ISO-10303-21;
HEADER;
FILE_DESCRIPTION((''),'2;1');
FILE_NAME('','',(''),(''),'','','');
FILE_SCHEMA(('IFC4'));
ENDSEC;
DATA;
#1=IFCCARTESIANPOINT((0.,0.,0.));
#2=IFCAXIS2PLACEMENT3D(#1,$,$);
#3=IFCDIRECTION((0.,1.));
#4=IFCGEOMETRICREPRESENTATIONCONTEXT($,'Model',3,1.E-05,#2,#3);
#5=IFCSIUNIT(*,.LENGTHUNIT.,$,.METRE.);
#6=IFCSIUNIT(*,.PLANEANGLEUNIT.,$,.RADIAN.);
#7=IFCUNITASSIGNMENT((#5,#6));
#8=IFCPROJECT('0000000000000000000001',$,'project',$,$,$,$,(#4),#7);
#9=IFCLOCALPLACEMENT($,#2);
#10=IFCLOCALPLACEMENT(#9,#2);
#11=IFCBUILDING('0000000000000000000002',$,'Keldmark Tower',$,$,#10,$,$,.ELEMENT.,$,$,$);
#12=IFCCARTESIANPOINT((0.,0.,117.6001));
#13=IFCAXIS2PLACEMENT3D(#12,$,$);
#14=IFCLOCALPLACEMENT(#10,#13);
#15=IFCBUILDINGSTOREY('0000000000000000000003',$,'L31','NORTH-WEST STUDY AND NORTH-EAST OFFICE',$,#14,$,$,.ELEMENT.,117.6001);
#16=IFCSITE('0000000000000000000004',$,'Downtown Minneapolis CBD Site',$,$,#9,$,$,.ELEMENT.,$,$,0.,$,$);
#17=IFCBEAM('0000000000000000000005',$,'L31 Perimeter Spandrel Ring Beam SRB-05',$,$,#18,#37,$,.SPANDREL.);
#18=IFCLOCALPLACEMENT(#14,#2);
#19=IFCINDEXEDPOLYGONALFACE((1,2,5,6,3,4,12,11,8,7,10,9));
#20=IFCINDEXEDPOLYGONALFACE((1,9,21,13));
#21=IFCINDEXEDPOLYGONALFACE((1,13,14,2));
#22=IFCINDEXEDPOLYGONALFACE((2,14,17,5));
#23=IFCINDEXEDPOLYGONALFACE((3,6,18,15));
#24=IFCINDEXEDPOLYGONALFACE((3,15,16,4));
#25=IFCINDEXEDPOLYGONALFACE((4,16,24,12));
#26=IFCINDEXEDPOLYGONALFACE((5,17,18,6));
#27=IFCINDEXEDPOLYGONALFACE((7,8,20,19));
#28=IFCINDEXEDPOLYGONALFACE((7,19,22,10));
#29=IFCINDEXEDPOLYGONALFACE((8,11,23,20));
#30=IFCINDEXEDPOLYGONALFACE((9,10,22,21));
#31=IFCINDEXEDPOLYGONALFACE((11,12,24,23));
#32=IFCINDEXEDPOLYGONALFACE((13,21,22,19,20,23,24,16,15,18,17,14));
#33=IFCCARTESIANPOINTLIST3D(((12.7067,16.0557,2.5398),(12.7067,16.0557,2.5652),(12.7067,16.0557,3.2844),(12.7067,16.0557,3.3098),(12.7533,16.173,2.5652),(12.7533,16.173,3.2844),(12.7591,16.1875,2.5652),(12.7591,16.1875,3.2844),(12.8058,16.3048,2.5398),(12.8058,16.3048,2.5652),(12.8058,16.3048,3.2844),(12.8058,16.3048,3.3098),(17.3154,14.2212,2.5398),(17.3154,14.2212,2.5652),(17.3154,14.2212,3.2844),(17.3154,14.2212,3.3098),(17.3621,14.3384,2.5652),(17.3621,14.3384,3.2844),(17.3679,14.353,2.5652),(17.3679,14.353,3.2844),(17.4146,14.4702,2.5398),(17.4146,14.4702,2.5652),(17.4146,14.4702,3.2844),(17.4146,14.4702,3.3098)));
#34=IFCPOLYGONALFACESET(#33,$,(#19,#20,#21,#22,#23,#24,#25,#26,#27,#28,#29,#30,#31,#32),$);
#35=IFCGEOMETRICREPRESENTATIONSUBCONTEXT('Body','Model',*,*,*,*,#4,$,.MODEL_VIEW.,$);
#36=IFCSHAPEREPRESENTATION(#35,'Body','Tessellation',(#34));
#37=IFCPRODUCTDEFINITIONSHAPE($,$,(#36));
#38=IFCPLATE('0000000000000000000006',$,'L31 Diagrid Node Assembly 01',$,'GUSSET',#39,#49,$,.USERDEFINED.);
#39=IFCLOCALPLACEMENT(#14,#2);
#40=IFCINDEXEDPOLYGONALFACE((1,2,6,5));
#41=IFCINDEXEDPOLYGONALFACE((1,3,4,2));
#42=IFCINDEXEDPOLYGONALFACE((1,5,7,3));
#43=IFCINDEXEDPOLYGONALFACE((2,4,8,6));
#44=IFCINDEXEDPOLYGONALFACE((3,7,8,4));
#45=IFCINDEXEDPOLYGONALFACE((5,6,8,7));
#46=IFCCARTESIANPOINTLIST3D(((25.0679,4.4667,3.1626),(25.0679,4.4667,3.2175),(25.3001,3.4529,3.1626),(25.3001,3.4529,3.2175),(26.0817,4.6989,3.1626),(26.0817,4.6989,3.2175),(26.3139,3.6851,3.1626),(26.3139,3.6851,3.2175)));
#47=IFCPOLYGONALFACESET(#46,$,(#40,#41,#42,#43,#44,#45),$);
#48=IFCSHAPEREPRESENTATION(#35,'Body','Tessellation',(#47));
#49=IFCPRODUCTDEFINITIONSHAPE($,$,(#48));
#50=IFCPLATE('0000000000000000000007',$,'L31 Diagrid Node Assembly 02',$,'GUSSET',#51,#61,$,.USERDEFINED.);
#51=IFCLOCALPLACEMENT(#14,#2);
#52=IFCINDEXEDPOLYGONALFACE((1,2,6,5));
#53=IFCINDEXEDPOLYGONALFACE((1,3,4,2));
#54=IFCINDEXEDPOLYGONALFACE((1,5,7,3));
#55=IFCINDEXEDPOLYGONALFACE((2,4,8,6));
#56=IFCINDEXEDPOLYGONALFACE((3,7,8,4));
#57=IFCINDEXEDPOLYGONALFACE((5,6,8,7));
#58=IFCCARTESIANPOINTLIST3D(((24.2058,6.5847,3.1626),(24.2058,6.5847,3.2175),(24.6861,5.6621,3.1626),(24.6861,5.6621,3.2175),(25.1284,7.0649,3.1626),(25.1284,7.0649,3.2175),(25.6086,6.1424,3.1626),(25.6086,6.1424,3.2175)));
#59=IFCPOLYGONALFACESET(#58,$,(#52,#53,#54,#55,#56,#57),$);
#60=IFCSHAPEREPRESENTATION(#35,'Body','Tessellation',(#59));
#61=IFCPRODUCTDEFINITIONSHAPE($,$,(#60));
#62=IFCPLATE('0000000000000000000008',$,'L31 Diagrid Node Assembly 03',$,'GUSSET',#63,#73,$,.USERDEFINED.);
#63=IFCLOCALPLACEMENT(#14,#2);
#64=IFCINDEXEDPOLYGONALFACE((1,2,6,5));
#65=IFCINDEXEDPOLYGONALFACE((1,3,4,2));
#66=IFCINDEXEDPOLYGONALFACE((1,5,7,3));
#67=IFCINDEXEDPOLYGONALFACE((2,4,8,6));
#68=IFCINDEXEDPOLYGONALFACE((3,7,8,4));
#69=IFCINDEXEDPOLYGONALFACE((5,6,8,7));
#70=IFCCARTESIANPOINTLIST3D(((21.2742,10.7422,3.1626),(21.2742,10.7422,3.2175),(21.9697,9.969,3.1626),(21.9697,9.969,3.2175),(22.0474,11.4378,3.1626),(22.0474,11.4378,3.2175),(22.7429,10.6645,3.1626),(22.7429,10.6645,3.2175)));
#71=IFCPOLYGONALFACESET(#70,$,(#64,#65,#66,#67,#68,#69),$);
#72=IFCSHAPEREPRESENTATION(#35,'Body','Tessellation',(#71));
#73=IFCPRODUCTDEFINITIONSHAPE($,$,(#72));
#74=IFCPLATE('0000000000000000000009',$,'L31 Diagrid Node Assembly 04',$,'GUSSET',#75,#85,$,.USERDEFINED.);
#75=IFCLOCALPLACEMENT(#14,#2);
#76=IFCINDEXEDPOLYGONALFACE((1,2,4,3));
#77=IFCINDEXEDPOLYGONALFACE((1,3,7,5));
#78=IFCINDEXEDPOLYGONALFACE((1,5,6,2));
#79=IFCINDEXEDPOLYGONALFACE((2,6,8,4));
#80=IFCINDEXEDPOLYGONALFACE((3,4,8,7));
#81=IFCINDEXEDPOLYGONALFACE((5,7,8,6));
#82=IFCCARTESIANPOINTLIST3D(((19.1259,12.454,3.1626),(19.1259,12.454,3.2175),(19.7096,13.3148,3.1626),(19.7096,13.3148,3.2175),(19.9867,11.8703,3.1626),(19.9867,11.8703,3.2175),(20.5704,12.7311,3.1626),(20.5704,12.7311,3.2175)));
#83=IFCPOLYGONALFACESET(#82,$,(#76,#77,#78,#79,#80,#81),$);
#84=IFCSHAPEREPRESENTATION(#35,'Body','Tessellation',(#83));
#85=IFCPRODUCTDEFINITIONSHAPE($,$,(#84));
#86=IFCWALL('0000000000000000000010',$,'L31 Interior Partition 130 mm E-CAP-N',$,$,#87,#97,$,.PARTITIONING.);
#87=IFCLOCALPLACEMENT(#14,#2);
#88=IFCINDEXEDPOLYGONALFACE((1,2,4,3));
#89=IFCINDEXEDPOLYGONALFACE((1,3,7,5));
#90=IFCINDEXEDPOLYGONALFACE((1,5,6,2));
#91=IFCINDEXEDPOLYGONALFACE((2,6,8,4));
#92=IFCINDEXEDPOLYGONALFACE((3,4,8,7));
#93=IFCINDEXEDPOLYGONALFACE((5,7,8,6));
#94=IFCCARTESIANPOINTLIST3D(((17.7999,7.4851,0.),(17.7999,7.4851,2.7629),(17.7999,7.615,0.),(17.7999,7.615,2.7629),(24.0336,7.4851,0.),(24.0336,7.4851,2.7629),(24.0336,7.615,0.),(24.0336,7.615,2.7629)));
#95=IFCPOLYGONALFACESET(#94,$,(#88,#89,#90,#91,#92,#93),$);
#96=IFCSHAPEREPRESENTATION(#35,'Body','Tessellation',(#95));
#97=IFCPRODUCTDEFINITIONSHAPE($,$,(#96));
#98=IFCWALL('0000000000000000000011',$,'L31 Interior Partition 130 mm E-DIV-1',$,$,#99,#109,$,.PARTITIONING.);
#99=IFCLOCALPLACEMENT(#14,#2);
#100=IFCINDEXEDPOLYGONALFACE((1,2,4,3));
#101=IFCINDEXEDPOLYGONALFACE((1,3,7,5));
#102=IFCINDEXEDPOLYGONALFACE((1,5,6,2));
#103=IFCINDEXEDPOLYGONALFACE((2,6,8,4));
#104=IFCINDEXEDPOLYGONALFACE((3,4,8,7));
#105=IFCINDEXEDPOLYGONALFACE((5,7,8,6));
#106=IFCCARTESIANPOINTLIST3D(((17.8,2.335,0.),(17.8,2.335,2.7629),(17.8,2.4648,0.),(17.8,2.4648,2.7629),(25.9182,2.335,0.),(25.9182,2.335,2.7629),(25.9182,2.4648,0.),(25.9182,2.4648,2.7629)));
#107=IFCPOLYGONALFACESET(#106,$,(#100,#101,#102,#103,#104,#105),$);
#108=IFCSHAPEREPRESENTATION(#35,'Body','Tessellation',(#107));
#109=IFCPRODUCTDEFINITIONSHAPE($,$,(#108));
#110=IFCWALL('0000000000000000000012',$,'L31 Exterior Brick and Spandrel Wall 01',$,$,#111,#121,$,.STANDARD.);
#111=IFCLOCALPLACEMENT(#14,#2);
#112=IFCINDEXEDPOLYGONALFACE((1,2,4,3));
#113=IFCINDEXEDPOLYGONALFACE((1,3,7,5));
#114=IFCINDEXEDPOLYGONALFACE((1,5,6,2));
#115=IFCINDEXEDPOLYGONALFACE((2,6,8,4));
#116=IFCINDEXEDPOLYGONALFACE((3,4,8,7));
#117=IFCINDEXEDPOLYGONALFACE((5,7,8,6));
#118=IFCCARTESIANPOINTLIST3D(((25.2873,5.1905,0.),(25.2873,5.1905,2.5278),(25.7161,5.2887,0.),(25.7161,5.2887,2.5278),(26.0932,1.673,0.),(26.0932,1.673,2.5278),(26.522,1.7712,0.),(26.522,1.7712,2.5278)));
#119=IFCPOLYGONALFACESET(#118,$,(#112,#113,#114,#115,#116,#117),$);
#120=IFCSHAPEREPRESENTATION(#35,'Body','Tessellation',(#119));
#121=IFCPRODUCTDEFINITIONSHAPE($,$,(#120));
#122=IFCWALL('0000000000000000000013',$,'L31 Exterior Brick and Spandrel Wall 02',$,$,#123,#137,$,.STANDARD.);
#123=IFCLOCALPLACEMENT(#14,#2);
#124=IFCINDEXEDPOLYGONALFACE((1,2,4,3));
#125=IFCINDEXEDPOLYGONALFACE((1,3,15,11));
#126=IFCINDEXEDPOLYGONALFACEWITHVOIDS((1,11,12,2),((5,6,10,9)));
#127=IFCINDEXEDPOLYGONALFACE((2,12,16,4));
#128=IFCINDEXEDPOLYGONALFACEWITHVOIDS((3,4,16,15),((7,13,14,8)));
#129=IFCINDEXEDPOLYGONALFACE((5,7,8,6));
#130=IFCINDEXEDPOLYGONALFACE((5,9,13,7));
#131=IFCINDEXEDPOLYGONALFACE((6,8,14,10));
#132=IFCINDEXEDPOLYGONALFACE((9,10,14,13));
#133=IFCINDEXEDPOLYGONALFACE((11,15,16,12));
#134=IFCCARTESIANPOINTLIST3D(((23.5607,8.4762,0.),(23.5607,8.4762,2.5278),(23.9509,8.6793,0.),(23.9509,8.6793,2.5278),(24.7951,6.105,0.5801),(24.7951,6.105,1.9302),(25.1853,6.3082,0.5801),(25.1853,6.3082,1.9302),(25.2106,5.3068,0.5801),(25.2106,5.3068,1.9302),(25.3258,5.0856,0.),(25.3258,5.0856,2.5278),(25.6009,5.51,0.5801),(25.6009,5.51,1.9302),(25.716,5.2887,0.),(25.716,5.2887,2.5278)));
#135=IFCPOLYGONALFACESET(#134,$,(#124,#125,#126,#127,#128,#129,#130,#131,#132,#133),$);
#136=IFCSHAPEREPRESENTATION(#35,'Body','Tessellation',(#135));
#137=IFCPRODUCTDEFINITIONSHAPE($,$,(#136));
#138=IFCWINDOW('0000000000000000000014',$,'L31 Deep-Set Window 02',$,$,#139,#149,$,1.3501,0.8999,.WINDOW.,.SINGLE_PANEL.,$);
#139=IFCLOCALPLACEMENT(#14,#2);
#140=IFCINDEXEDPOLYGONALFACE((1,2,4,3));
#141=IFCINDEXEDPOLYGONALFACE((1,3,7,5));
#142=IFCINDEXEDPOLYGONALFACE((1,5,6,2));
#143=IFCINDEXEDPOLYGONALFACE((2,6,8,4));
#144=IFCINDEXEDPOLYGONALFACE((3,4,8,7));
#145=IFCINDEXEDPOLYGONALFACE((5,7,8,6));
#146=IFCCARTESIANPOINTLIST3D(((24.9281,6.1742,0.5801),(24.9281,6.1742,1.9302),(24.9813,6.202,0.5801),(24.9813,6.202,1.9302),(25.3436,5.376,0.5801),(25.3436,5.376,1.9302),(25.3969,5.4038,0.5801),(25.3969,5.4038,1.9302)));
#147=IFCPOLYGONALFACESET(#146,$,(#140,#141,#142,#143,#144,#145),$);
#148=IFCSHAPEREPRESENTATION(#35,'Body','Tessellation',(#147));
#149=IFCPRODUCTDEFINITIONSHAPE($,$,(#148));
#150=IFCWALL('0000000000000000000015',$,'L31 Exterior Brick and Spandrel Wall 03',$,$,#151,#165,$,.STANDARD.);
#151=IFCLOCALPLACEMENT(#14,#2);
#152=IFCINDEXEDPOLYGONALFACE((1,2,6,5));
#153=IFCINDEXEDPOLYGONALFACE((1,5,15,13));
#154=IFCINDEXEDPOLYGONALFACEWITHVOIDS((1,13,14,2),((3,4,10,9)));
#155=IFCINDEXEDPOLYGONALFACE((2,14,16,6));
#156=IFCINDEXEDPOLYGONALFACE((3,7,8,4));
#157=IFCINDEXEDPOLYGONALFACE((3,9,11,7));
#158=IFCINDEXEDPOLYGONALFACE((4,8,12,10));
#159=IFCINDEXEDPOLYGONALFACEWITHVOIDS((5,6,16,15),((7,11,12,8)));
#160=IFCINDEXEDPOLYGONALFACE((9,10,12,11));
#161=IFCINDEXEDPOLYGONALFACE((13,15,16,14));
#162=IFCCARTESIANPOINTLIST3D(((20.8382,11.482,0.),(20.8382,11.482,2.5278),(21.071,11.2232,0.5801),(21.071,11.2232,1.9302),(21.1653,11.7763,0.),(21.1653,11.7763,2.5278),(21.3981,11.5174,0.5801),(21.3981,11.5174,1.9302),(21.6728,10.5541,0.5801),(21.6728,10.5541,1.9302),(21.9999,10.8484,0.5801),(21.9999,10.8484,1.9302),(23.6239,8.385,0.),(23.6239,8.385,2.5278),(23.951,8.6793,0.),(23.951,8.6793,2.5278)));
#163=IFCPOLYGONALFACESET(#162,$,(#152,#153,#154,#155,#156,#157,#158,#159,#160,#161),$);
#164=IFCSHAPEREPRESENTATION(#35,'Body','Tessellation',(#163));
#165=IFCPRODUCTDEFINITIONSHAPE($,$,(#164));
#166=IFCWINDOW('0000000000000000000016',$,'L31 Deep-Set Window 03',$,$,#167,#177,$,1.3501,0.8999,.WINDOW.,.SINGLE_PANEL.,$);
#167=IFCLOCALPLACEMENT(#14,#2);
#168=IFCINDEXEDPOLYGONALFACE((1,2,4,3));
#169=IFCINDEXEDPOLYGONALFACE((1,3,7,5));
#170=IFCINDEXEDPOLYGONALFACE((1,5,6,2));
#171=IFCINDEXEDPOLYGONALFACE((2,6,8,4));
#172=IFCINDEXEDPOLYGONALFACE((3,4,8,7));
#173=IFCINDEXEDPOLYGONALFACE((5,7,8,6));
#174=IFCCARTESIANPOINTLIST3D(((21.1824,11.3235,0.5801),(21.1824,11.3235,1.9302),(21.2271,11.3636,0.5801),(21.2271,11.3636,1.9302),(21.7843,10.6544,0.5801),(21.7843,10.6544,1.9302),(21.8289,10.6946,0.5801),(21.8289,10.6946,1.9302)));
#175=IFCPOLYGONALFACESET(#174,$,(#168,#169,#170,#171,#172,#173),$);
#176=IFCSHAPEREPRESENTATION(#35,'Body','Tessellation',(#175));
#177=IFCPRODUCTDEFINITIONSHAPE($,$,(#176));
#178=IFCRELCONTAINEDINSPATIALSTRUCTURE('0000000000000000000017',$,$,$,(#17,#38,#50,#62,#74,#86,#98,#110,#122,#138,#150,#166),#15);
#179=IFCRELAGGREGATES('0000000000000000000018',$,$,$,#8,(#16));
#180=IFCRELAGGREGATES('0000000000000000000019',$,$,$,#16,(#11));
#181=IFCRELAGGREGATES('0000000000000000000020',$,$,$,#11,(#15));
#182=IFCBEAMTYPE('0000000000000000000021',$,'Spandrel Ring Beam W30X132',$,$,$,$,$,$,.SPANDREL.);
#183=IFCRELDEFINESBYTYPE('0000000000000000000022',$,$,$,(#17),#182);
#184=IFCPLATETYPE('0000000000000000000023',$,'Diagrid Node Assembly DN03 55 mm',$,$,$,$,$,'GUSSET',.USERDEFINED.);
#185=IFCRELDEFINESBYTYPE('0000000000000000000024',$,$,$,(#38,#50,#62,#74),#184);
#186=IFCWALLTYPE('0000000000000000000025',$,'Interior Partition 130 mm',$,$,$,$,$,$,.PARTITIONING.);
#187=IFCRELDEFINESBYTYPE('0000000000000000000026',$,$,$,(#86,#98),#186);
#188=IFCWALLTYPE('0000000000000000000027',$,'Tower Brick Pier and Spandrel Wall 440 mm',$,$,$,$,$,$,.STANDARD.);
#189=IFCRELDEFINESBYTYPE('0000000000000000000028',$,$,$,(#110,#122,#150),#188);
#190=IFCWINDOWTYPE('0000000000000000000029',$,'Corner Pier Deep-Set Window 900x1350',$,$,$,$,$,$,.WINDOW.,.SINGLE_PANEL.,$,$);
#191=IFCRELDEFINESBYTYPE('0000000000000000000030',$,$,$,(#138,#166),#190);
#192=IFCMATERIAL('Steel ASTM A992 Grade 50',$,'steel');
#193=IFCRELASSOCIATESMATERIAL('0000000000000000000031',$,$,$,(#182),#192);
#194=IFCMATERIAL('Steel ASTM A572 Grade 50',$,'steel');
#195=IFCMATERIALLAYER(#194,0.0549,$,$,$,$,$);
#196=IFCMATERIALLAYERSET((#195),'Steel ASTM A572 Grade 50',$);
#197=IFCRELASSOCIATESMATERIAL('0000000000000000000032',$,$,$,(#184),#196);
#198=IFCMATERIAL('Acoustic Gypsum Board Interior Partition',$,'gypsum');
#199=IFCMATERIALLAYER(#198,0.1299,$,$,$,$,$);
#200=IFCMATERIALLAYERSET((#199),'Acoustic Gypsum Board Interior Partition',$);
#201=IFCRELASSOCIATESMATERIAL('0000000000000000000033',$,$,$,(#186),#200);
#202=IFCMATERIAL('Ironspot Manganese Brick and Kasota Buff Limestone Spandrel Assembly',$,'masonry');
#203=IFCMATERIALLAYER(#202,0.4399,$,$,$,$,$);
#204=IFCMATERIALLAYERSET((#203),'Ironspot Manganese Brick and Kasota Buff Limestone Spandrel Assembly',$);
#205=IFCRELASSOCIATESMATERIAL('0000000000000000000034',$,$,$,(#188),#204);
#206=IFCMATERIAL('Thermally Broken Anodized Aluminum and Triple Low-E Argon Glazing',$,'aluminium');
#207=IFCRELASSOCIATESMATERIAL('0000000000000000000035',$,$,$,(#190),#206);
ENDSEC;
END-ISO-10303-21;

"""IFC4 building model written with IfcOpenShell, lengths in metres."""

from ifc_helpers import new_model, si_unit, direction, frame, frame_2d, origin, origin_2d, place, context, subcontext, project, spatial, rectangle, i_section, extrude, material, layer, layer_set, material_profile, profile_set, type_object, element, fill, save


model = new_model("IFC4")

# Units and contexts
model_context = context("Model", 3, precision=1e-05, world=origin(), true_north=direction((0.0, 1.0)))
body_context = subcontext(model_context, "Body", "Model", "MODEL_VIEW")
ifc_project = project(units=[si_unit("LENGTHUNIT", "METRE"), si_unit("PLANEANGLEUNIT", "RADIAN")], contexts=[model_context])

# Site, building, storey
site_placement = place(None, origin())
site = spatial("IfcSite", under=ifc_project, at=site_placement, Name="Downtown Minneapolis CBD Site", CompositionType="ELEMENT", RefElevation=0.0)
building_placement = place(site_placement, origin())
building = spatial("IfcBuilding", under=site, at=building_placement, Name="Keldmark Tower", CompositionType="ELEMENT")
storey_placement = place(building_placement, frame((0.0, 0.0, 117.6001)))
storey = spatial("IfcBuildingStorey", under=building, at=storey_placement, Name="L31", Description="NORTH-WEST STUDY AND NORTH-EAST OFFICE", CompositionType="ELEMENT", Elevation=117.6001)

# Beam
ifc_material_1 = material(Name="Steel ASTM A992 Grade 50", Category="steel")
ifc_material_profile_1 = material_profile(ifc_material_1, i_section(OverallWidth=0.2681, OverallDepth=0.77, WebThickness=0.0156, FlangeThickness=0.0254, at=origin_2d()), Name="W30X132")
ifc_profile_set_1 = profile_set([ifc_material_profile_1], Name="Steel ASTM A992 Grade 50")
beam_type_1 = type_object("IfcBeamType", Name="Spandrel Ring Beam W30X132", PredefinedType="SPANDREL", material=ifc_profile_set_1)
beam_1_placement = place(storey_placement, frame((17.365, 14.3457, 2.9248), z_axis=(-0.9291, 0.369829, 0.0), x_axis=(-0.369829, -0.9291, 0.0)))
element("IfcBeam", 1, at=beam_1_placement, inside=storey, type_object=beam_type_1, Name="L31 Perimeter Spandrel Ring Beam SRB-05", PredefinedType="SPANDREL", context=body_context, shape_type="SweptSolid", body=[
    extrude(i_section(OverallWidth=0.2681, OverallDepth=0.77, WebThickness=0.0156, FlangeThickness=0.0254, at=origin_2d()), origin(), (0.0, 0.0, 1.0), 4.9604),
])

# Plates
ifc_material_2 = material(Name="Steel ASTM A572 Grade 50", Category="steel")
ifc_layer_1 = layer(ifc_material_2, 0.0549)
ifc_layer_set_1 = layer_set([ifc_layer_1], Name="Steel ASTM A572 Grade 50")
plate_type = type_object("IfcPlateType", Name="Diagrid Node Assembly DN03 55 mm", ElementType="GUSSET", PredefinedType="USERDEFINED", material=ifc_layer_set_1)
for number, where, z_axis, x_axis, name in (
    (2, (25.6909, 4.0759, 3.1626), (0.0, 0.0, 1.0), (-0.22325, 0.974761, 0.0), "L31 Diagrid Node Assembly 01"),
    (3, (24.9072, 6.3635, 3.1626), (0.0, 0.0, 1.0), (-0.461749, 0.887011, 0.0), "L31 Diagrid Node Assembly 02"),
    (4, (22.0085, 10.7034, 3.1626), (0.0, 0.0, 1.0), (-0.668741, 0.743495, 0.0), "L31 Diagrid Node Assembly 03"),
    (5, (19.8481, 12.5925, 3.1626), (0.0, 0.0, 1.0), (-0.827669, 0.561217, 0.0), "L31 Diagrid Node Assembly 04"),
):
    element("IfcPlate", number, at=place(storey_placement, frame(where, z_axis=z_axis, x_axis=x_axis)), inside=storey, type_object=plate_type, Name=name, ObjectType="GUSSET", PredefinedType="USERDEFINED", context=body_context, shape_type="SweptSolid", body=[
        extrude(rectangle(XDim=1.04, YDim=1.04, at=origin_2d()), origin(), (0.0, 0.0, 1.0), 0.0549),
    ])

# Walls
ifc_material_3 = material(Name="Acoustic Gypsum Board Interior Partition", Category="gypsum")
ifc_layer_2 = layer(ifc_material_3, 0.1299)
ifc_layer_set_2 = layer_set([ifc_layer_2], Name="Acoustic Gypsum Board Interior Partition")
wall_type_1 = type_object("IfcWallType", Name="Interior Partition 130 mm", PredefinedType="PARTITIONING", material=ifc_layer_set_2)
wall_1_placement = place(storey_placement, frame((17.8, 7.55, 0.0), z_axis=(0.0, 0.0, 1.0), x_axis=(1.0, 0.0, 0.0)))
element("IfcWall", 6, at=wall_1_placement, inside=storey, type_object=wall_type_1, Name="L31 Interior Partition 130 mm E-CAP-N", PredefinedType="PARTITIONING", context=body_context, shape_type="SweptSolid", body=[
    extrude(rectangle(XDim=6.2336, YDim=0.1299, at=frame_2d((3.1167, 0.0))), origin(), (0.0, 0.0, 1.0), 2.7629),
])
wall_2_placement = place(storey_placement, frame((17.8, 2.3999, 0.0), z_axis=(0.0, 0.0, 1.0), x_axis=(1.0, 0.0, 0.0)))
element("IfcWall", 7, at=wall_2_placement, inside=storey, type_object=wall_type_1, Name="L31 Interior Partition 130 mm E-DIV-1", PredefinedType="PARTITIONING", context=body_context, shape_type="SweptSolid", body=[
    extrude(rectangle(XDim=8.1182, YDim=0.1299, at=frame_2d((4.0591, 0.0))), origin(), (0.0, 0.0, 1.0), 2.7629),
])
ifc_material_4 = material(Name="Ironspot Manganese Brick and Kasota Buff Limestone Spandrel Assembly", Category="masonry")
ifc_layer_3 = layer(ifc_material_4, 0.4399)
ifc_layer_set_3 = layer_set([ifc_layer_3], Name="Ironspot Manganese Brick and Kasota Buff Limestone Spandrel Assembly")
wall_type_2 = type_object("IfcWallType", Name="Tower Brick Pier and Spandrel Wall 440 mm", PredefinedType="STANDARD", material=ifc_layer_set_3)
wall_3_placement = place(storey_placement, frame((25.5017, 5.2395, 0.0), z_axis=(0.0, 0.0, 1.0), x_axis=(0.223323, -0.974745, 0.0)))
element("IfcWall", 8, at=wall_3_placement, inside=storey, type_object=wall_type_2, Name="L31 Exterior Brick and Spandrel Wall 01", PredefinedType="STANDARD", context=body_context, shape_type="SweptSolid", body=[
    extrude(rectangle(XDim=3.6086, YDim=0.4399, at=frame_2d((1.8042, 0.0))), origin(), (0.0, 0.0, 1.0), 2.5278),
])

# Walls, openings, windows
wall_4_placement = place(storey_placement, frame((23.7559, 8.5776, 0.0), z_axis=(0.0, 0.0, 1.0), x_axis=(0.461767, -0.887001, 0.0)))
wall_4 = element("IfcWall", 9, at=wall_4_placement, inside=storey, type_object=wall_type_2, Name="L31 Exterior Brick and Spandrel Wall 02", PredefinedType="STANDARD", context=body_context, shape_type="SweptSolid", body=[
    extrude(rectangle(XDim=3.8225, YDim=0.4399, at=frame_2d((1.9111, 0.0))), origin(), (0.0, 0.0, 1.0), 2.5278),
])
opening_1_placement = place(wall_4_placement, frame((2.6731, 0.0, 0.5801)))
opening_1 = element("IfcOpeningElement", 10, at=opening_1_placement, cuts=wall_4, PredefinedType="OPENING", context=body_context, shape_type="SweptSolid", body=[
    extrude(rectangle(XDim=0.8999, YDim=1.3501, at=frame_2d((0.45, 0.675))), frame((0.0, 0.23, 0.0), z_axis=(0.0, -1.0, 0.0), x_axis=(1.0, 0.0, 0.0)), (0.0, 0.0, 1.0), 0.46),
])
ifc_material_5 = material(Name="Thermally Broken Anodized Aluminum and Triple Low-E Argon Glazing", Category="aluminium")
window_type = type_object("IfcWindowType", Name="Corner Pier Deep-Set Window 900x1350", PartitioningType="SINGLE_PANEL", PredefinedType="WINDOW", material=ifc_material_5)
window_1_placement = place(opening_1_placement, origin())
window_1 = element("IfcWindow", 11, at=window_1_placement, inside=storey, type_object=window_type, Name="L31 Deep-Set Window 02", OverallHeight=1.3501, OverallWidth=0.8999, PartitioningType="SINGLE_PANEL", PredefinedType="WINDOW", context=body_context, shape_type="SweptSolid", body=[
    extrude(rectangle(XDim=0.8999, YDim=1.3501, at=frame_2d((0.45, 0.675))), frame((0.0, -0.01, 0.0), z_axis=(0.0, -1.0, 0.0), x_axis=(1.0, 0.0, 0.0)), (0.0, 0.0, 1.0), 0.0601),
])
fill(opening_1, window_1)
wall_5_placement = place(storey_placement, frame((21.0017, 11.6292, 0.0), z_axis=(0.0, 0.0, 1.0), x_axis=(0.668754, -0.743484, 0.0)))
wall_5 = element("IfcWall", 12, at=wall_5_placement, inside=storey, type_object=wall_type_2, Name="L31 Exterior Brick and Spandrel Wall 03", PredefinedType="STANDARD", context=body_context, shape_type="SweptSolid", body=[
    extrude(rectangle(XDim=4.1655, YDim=0.4399, at=frame_2d((2.0828, 0.0))), origin(), (0.0, 0.0, 1.0), 2.5278),
])
opening_2_placement = place(wall_5_placement, frame((0.3481, 0.0, 0.5801)))
opening_2 = element("IfcOpeningElement", 13, at=opening_2_placement, cuts=wall_5, PredefinedType="OPENING", context=body_context, shape_type="SweptSolid", body=[
    extrude(rectangle(XDim=0.8999, YDim=1.3501, at=frame_2d((0.45, 0.675))), frame((0.0, 0.23, 0.0), z_axis=(0.0, -1.0, 0.0), x_axis=(1.0, 0.0, 0.0)), (0.0, 0.0, 1.0), 0.46),
])
window_2_placement = place(opening_2_placement, origin())
window_2 = element("IfcWindow", 14, at=window_2_placement, inside=storey, type_object=window_type, Name="L31 Deep-Set Window 03", OverallHeight=1.3501, OverallWidth=0.8999, PartitioningType="SINGLE_PANEL", PredefinedType="WINDOW", context=body_context, shape_type="SweptSolid", body=[
    extrude(rectangle(XDim=0.8999, YDim=1.3501, at=frame_2d((0.45, 0.675))), frame((0.0, -0.01, 0.0), z_axis=(0.0, -1.0, 0.0), x_axis=(1.0, 0.0, 0.0)), (0.0, 0.0, 1.0), 0.0601),
])
fill(opening_2, window_2)

save(model, "model.ifc")
